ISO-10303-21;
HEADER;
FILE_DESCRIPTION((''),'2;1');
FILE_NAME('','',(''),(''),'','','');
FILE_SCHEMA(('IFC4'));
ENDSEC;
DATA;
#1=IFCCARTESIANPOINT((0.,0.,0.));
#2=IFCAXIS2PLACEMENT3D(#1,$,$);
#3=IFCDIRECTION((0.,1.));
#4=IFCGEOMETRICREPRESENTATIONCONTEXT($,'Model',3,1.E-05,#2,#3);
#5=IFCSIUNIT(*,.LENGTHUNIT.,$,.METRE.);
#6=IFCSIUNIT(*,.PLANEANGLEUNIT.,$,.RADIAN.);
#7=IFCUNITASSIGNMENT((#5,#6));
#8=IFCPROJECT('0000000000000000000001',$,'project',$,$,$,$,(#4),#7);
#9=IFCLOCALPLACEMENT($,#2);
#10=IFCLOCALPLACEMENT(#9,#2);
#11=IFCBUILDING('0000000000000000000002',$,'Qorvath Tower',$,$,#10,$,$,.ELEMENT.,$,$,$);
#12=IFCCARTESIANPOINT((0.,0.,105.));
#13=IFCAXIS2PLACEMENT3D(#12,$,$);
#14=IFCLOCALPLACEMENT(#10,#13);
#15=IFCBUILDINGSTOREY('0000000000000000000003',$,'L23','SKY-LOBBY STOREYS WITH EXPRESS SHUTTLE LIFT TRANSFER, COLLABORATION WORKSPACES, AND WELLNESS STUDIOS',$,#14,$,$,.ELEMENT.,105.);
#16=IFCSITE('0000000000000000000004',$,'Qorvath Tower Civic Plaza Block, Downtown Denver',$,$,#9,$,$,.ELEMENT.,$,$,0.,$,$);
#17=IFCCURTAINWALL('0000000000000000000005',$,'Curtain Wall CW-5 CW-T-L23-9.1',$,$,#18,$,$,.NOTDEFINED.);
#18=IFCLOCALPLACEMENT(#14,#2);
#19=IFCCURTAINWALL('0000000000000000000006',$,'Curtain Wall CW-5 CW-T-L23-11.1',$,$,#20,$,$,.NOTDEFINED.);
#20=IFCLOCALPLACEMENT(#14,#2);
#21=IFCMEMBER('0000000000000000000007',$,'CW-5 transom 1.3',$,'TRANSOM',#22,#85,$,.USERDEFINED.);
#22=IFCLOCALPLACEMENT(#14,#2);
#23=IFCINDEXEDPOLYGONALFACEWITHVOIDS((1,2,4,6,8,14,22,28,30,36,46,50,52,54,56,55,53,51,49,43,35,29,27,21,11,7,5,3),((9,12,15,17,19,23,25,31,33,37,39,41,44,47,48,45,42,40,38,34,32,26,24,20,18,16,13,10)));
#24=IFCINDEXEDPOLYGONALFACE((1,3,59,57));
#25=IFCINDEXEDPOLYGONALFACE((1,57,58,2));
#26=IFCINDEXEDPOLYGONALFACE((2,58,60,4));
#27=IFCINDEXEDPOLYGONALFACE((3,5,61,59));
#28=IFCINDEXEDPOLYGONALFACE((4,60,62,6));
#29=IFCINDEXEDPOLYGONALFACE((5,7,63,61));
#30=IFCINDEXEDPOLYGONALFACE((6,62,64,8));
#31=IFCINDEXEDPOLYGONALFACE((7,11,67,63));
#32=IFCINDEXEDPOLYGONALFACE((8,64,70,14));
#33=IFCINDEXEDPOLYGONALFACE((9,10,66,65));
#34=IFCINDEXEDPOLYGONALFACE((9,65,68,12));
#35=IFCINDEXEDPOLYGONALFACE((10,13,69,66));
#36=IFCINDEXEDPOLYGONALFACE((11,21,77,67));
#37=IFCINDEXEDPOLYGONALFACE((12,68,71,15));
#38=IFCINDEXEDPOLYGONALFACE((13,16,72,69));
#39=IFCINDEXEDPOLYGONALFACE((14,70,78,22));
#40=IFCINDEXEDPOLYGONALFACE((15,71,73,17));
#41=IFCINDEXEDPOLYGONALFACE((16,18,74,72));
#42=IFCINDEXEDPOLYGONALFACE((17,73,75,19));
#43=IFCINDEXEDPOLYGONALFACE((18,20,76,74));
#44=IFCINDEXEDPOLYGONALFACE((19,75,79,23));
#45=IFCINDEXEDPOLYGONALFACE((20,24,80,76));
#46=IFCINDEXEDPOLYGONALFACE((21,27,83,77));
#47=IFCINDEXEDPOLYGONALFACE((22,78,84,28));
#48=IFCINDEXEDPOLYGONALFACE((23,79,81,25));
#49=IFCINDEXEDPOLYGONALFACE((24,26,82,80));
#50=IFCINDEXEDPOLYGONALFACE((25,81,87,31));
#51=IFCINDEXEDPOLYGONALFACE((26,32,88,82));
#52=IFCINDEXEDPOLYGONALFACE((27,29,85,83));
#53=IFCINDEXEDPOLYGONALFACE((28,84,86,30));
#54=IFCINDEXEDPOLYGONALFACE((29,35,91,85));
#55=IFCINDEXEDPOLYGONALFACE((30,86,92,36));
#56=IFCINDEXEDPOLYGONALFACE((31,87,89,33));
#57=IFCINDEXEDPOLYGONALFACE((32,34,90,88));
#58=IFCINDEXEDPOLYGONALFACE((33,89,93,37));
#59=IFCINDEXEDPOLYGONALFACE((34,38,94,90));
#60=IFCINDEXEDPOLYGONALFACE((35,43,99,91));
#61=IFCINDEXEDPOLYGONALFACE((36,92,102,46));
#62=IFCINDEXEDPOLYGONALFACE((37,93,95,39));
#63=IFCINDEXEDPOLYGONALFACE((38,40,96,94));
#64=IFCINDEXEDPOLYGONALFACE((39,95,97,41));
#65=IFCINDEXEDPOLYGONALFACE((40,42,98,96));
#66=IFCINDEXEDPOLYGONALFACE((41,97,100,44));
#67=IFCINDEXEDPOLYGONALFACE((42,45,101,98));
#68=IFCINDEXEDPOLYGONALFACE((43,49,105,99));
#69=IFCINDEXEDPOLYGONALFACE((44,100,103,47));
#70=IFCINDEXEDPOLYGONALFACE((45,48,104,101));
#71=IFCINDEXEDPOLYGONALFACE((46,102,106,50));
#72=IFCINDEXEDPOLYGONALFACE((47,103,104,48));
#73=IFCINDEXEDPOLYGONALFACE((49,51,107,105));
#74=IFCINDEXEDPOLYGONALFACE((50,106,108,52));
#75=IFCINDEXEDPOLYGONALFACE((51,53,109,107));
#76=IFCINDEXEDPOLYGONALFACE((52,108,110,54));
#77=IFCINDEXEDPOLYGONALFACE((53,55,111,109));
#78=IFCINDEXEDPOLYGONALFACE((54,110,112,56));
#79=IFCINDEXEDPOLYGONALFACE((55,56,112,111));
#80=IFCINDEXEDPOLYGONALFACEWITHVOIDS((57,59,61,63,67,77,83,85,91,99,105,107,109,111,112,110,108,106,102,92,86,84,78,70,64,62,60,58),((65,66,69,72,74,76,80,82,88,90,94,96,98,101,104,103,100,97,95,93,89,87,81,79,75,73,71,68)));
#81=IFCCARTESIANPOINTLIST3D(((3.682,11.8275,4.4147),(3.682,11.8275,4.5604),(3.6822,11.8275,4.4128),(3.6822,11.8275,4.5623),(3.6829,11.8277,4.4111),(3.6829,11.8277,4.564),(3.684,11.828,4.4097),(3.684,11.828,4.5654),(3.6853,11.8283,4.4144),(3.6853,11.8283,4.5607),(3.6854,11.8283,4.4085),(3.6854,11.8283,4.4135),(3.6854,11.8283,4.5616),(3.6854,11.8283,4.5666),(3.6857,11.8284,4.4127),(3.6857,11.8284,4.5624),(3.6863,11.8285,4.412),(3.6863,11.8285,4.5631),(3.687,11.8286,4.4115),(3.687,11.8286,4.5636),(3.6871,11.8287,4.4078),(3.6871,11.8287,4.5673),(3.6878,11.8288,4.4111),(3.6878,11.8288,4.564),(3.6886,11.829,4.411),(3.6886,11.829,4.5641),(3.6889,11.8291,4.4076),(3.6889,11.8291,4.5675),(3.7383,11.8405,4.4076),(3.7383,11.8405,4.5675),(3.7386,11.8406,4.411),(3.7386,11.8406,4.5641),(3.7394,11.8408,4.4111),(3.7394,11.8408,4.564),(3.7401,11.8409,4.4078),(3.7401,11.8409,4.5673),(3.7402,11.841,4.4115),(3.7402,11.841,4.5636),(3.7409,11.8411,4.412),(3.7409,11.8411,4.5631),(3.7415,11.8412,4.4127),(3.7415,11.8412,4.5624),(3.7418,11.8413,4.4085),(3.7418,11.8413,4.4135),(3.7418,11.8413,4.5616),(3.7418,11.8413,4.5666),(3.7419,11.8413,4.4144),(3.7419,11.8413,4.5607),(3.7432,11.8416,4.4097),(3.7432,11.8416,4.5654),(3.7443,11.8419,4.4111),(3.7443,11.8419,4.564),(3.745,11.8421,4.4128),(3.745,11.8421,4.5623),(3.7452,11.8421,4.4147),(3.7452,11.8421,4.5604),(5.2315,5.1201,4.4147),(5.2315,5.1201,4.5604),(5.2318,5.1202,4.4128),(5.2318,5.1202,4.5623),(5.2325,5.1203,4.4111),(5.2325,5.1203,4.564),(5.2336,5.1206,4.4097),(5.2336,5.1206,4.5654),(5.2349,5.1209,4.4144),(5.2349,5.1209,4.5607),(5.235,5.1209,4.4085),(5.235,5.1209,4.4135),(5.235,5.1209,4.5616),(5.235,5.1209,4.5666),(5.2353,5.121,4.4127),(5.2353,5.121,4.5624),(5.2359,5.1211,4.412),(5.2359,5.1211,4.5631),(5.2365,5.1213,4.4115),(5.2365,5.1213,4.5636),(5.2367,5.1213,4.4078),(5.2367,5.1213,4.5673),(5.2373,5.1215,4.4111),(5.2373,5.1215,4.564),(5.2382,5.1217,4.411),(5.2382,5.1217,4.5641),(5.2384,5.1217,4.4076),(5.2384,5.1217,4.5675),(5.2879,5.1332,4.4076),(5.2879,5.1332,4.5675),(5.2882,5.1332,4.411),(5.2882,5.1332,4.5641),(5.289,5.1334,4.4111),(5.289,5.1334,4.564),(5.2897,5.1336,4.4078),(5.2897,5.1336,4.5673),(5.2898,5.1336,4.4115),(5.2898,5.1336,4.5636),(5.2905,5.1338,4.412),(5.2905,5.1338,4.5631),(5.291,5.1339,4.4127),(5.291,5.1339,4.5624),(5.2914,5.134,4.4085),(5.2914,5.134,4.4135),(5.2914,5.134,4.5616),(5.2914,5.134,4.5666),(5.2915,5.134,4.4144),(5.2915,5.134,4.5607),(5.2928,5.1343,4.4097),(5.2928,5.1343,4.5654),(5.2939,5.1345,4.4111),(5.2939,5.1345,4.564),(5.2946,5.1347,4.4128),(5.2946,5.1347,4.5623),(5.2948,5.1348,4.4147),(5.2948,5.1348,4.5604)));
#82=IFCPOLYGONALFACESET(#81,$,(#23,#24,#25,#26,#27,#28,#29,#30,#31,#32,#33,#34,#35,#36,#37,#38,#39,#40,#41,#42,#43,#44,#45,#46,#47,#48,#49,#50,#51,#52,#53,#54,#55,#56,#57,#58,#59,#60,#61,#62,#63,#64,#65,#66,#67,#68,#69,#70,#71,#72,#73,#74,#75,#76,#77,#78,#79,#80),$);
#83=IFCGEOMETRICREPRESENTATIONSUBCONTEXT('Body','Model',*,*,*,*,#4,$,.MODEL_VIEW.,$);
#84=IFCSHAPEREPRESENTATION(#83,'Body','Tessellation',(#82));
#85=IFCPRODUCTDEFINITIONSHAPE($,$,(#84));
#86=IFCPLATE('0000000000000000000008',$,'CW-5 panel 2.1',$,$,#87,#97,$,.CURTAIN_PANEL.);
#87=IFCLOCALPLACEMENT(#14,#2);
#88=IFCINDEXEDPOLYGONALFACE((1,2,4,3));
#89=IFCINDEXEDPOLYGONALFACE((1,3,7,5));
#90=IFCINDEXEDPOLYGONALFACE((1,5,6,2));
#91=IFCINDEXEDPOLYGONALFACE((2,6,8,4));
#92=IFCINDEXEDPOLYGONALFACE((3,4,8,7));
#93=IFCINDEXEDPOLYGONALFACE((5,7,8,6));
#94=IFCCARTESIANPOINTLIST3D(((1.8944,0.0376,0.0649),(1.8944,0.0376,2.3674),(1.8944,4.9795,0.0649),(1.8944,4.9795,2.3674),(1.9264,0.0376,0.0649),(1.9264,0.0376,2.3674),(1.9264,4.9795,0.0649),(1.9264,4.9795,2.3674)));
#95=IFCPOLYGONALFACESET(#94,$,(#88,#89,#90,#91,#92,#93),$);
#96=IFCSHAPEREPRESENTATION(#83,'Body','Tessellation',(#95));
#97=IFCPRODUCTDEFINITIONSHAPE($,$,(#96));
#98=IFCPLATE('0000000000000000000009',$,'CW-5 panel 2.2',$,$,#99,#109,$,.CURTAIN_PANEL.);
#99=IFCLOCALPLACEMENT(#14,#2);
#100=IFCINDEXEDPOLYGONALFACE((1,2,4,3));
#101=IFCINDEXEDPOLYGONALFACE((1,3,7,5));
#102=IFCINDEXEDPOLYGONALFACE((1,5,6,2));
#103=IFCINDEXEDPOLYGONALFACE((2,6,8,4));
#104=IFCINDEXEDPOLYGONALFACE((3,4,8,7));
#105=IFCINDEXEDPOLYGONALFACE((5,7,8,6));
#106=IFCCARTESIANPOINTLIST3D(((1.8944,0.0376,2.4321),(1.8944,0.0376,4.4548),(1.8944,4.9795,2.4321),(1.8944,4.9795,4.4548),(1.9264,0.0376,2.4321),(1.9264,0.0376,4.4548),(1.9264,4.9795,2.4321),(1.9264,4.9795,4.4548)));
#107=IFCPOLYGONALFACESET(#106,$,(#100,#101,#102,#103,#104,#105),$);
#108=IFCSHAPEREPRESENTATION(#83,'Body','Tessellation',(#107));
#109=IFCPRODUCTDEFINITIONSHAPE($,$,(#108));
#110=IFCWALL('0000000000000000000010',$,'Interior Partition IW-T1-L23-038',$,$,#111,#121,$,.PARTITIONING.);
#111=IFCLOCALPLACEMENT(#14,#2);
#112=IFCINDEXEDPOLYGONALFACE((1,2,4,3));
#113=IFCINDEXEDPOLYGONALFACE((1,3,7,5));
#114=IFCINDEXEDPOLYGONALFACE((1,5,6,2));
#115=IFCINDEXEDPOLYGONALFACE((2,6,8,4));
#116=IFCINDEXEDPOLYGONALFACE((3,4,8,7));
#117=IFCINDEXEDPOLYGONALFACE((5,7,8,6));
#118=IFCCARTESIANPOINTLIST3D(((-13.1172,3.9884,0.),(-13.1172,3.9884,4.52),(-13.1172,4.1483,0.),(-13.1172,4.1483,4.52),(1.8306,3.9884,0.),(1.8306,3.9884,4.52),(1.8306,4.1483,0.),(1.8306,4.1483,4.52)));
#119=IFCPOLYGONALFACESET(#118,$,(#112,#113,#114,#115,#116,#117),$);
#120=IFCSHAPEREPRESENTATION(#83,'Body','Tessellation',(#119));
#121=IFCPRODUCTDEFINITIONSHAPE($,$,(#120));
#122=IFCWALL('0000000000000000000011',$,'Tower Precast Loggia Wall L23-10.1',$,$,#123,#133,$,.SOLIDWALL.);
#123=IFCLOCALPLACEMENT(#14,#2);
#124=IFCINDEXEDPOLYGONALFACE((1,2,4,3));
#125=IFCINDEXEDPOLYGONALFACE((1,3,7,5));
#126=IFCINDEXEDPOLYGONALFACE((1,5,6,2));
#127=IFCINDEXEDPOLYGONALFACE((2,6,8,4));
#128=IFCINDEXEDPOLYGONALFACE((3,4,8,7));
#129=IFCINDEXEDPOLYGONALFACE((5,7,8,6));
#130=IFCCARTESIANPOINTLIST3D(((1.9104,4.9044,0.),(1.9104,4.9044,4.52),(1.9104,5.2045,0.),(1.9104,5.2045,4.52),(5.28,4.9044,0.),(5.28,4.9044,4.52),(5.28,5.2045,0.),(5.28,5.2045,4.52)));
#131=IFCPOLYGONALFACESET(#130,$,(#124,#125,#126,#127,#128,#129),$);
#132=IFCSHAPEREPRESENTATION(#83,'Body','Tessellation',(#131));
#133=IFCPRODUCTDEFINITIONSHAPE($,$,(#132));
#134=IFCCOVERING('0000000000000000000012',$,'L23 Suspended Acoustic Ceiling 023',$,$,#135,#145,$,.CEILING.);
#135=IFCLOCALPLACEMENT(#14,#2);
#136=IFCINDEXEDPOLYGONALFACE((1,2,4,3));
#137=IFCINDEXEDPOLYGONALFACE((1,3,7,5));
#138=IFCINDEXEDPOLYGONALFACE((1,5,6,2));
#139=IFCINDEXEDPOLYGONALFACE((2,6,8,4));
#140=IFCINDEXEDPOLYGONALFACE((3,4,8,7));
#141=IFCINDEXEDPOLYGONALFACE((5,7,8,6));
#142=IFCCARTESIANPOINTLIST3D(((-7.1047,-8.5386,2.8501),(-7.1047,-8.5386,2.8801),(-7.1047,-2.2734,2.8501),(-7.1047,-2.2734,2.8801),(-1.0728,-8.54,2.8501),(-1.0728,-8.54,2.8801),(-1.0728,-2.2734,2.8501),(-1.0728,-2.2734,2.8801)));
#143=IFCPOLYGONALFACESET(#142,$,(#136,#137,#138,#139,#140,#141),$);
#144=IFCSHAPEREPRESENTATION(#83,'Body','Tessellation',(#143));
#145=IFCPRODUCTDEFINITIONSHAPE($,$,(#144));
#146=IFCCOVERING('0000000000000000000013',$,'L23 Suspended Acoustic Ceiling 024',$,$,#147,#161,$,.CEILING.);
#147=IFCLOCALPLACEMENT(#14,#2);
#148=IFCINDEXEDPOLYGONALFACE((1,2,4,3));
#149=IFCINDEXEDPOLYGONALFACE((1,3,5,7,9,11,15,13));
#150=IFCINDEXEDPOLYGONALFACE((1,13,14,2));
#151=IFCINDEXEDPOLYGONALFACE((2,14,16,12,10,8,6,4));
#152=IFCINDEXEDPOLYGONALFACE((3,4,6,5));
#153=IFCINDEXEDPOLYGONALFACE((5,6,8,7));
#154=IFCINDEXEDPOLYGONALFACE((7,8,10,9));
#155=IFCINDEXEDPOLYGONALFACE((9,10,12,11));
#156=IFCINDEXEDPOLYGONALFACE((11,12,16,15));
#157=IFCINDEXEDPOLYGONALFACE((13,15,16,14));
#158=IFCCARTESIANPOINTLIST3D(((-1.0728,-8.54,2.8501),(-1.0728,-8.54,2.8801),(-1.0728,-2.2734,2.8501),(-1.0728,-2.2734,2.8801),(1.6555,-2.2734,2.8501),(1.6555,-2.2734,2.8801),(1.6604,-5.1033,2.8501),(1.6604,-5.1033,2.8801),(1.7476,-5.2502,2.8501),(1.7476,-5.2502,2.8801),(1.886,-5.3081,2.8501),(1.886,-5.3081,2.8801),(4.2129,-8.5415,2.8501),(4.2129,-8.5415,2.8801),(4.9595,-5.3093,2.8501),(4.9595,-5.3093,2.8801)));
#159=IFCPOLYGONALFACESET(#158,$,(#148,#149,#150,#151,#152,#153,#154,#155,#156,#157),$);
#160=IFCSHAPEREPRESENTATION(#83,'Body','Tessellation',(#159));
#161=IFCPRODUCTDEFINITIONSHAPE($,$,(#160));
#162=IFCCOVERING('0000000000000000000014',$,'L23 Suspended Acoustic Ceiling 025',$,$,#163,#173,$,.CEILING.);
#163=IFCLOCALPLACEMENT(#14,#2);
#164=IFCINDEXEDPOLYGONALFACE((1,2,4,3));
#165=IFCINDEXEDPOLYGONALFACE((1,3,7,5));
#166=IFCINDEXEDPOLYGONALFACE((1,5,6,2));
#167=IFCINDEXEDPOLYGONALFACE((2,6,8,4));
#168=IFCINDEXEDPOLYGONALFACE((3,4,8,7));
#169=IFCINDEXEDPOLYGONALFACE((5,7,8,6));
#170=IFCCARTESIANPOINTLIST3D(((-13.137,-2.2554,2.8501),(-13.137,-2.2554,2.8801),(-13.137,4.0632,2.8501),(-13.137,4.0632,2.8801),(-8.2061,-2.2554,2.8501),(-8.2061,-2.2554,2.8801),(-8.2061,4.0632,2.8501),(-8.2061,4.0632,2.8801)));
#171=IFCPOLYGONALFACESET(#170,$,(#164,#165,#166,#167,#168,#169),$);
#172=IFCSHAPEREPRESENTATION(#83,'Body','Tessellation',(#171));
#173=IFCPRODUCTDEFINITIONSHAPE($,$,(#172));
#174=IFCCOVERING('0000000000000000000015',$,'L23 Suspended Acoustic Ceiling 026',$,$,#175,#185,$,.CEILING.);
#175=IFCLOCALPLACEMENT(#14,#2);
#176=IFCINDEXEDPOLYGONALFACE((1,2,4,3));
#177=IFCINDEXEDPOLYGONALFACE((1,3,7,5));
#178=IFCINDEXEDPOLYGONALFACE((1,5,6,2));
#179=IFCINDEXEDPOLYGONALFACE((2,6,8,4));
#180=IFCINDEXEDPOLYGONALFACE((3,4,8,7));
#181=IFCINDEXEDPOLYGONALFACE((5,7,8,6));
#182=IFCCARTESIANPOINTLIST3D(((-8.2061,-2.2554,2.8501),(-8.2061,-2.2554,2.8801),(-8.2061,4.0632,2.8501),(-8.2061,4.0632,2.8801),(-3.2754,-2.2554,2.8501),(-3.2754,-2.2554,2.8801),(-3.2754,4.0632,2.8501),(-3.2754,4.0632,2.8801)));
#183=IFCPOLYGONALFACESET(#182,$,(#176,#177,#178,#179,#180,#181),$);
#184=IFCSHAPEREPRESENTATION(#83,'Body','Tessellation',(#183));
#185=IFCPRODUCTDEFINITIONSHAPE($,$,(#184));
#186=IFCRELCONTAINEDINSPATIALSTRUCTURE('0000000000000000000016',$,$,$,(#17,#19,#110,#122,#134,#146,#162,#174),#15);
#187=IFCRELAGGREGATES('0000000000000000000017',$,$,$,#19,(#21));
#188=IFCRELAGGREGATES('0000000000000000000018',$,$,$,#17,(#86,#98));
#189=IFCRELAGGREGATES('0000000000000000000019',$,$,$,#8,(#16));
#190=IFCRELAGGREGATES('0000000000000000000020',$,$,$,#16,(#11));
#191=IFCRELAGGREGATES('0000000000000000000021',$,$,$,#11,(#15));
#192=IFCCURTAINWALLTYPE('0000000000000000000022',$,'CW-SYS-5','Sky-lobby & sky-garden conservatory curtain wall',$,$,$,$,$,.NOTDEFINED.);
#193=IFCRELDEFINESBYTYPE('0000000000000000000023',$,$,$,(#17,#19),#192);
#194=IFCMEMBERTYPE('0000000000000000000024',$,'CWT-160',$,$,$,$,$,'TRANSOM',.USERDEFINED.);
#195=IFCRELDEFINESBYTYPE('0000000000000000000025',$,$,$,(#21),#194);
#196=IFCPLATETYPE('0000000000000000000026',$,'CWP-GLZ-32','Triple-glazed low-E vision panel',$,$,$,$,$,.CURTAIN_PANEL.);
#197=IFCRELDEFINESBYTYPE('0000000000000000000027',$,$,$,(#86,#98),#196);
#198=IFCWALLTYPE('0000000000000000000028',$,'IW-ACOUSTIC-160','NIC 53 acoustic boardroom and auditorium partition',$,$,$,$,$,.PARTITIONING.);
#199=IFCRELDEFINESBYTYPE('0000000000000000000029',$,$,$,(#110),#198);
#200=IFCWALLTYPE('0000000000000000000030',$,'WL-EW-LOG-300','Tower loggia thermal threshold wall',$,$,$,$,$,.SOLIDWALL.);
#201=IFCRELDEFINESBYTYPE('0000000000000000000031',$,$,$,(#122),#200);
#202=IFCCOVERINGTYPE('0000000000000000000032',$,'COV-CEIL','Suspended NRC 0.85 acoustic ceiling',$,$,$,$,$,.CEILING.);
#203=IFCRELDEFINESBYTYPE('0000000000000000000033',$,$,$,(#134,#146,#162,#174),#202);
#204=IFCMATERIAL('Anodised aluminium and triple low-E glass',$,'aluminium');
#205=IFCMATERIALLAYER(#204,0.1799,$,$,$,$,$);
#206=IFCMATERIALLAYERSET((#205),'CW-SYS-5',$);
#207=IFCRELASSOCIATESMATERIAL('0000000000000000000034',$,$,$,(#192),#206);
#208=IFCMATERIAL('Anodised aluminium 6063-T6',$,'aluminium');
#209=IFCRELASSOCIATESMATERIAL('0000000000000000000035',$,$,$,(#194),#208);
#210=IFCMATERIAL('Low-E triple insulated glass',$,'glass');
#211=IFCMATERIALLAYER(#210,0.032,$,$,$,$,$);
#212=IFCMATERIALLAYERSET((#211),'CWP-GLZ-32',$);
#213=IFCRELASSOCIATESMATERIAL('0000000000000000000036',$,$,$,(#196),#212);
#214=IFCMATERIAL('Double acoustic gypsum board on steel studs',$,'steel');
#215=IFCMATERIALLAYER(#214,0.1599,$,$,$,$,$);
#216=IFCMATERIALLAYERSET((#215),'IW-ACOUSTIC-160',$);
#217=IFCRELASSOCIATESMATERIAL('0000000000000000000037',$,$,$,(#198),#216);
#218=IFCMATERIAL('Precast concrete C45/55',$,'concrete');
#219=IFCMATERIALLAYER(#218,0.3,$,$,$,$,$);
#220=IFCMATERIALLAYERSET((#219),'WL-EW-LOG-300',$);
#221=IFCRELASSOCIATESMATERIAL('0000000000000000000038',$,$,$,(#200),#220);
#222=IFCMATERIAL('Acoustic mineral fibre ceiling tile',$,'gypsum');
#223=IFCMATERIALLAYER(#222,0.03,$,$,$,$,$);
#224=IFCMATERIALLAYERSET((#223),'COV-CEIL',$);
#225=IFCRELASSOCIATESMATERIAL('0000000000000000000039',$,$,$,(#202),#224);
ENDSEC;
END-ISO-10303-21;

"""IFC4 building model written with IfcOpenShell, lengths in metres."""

from ifc_helpers import new_model, si_unit, direction, frame, frame_2d, origin, origin_2d, place, context, subcontext, project, spatial, polyline, rectangle, hollow_rectangle, outline, extrude, material, layer, layer_set, material_profile, profile_set, type_object, element, aggregate, save


model = new_model("IFC4")

# Units and contexts
model_context = context("Model", 3, precision=1e-05, world=origin(), true_north=direction((0.0, 1.0)))
body_context = subcontext(model_context, "Body", "Model", "MODEL_VIEW")
ifc_project = project(units=[si_unit("LENGTHUNIT", "METRE"), si_unit("PLANEANGLEUNIT", "RADIAN")], contexts=[model_context])

# Site, building, storey
site_placement = place(None, origin())
site = spatial("IfcSite", under=ifc_project, at=site_placement, Name="Qorvath Tower Civic Plaza Block, Downtown Denver", CompositionType="ELEMENT", RefElevation=0.0)
building_placement = place(site_placement, origin())
building = spatial("IfcBuilding", under=site, at=building_placement, Name="Qorvath Tower", CompositionType="ELEMENT")
storey_placement = place(building_placement, frame((0.0, 0.0, 105.0)))
storey = spatial("IfcBuildingStorey", under=building, at=storey_placement, Name="L23", Description="SKY-LOBBY STOREYS WITH EXPRESS SHUTTLE LIFT TRANSFER, COLLABORATION WORKSPACES, AND WELLNESS STUDIOS", CompositionType="ELEMENT", Elevation=105.0)

# Curtain wall
ifc_material_1 = material(Name="Anodised aluminium and triple low-E glass", Category="aluminium")
ifc_layer_1 = layer(ifc_material_1, 0.1799)
ifc_layer_set_1 = layer_set([ifc_layer_1], Name="CW-SYS-5")
curtain_wall_type = type_object("IfcCurtainWallType", Name="CW-SYS-5", Description="Sky-lobby & sky-garden conservatory curtain wall", PredefinedType="NOTDEFINED", material=ifc_layer_set_1)
curtain_wall_1_placement = place(storey_placement, origin())
curtain_wall_1 = element("IfcCurtainWall", 1, at=curtain_wall_1_placement, inside=storey, type_object=curtain_wall_type, Name="Curtain Wall CW-5 CW-T-L23-9.1", PredefinedType="NOTDEFINED")

# Curtain wall
curtain_wall_2_placement = place(storey_placement, origin())
curtain_wall_2 = element("IfcCurtainWall", 2, at=curtain_wall_2_placement, inside=storey, type_object=curtain_wall_type, Name="Curtain Wall CW-5 CW-T-L23-11.1", PredefinedType="NOTDEFINED")

# Member
ifc_material_2 = material(Name="Anodised aluminium 6063-T6", Category="aluminium")
ifc_material_profile_1 = material_profile(ifc_material_2, hollow_rectangle(XDim=0.0649, YDim=0.1599, WallThickness=0.0034, InnerFilletRadius=0.0034, OuterFilletRadius=0.0071, at=origin_2d()), Name="CWT 160x65")
ifc_profile_set_1 = profile_set([ifc_material_profile_1], Name="Anodised aluminium 6063-T6")
member_type_1 = type_object("IfcMemberType", Name="CWT-160", ElementType="TRANSOM", PredefinedType="USERDEFINED", material=ifc_profile_set_1)
member_1_placement = place(storey_placement, frame((5.2632, 5.1274, 4.4875), z_axis=(-0.225098, 0.974336, 0.0), x_axis=(-0.974336, -0.225098, 0.0)))
member_1 = element("IfcMember", 3, at=member_1_placement, type_object=member_type_1, Name="CW-5 transom 1.3", ObjectType="TRANSOM", PredefinedType="USERDEFINED", context=body_context, shape_type="SweptSolid", body=[
    extrude(hollow_rectangle(XDim=0.0649, YDim=0.1599, WallThickness=0.0034, InnerFilletRadius=0.0034, OuterFilletRadius=0.0071, at=origin_2d()), origin(), (0.0, 0.0, 1.0), 6.884),
])
aggregate(curtain_wall_2, [member_1])

# Plates
ifc_material_3 = material(Name="Low-E triple insulated glass", Category="glass")
ifc_layer_2 = layer(ifc_material_3, 0.032)
ifc_layer_set_2 = layer_set([ifc_layer_2], Name="CWP-GLZ-32")
plate_type = type_object("IfcPlateType", Name="CWP-GLZ-32", Description="Triple-glazed low-E vision panel", PredefinedType="CURTAIN_PANEL", material=ifc_layer_set_2)
plate_1_placement = place(storey_placement, frame((1.9104, 2.5085, 0.0649), z_axis=(0.0, 0.0, 1.0), x_axis=(0.0, 1.0, 0.0)))
plate_1 = element("IfcPlate", 4, at=plate_1_placement, type_object=plate_type, Name="CW-5 panel 2.1", PredefinedType="CURTAIN_PANEL", context=body_context, shape_type="SweptSolid", body=[
    extrude(rectangle(XDim=4.9419, YDim=0.032, at=origin_2d()), origin(), (0.0, 0.0, 1.0), 2.3025),
])
plate_2_placement = place(storey_placement, frame((1.9104, 2.5085, 2.4321), z_axis=(0.0, 0.0, 1.0), x_axis=(0.0, 1.0, 0.0)))
plate_2 = element("IfcPlate", 5, at=plate_2_placement, type_object=plate_type, Name="CW-5 panel 2.2", PredefinedType="CURTAIN_PANEL", context=body_context, shape_type="SweptSolid", body=[
    extrude(rectangle(XDim=4.9419, YDim=0.032, at=origin_2d()), origin(), (0.0, 0.0, 1.0), 2.0227),
])
aggregate(curtain_wall_1, [plate_1, plate_2])

# Walls
ifc_material_4 = material(Name="Double acoustic gypsum board on steel studs", Category="steel")
ifc_layer_3 = layer(ifc_material_4, 0.1599)
ifc_layer_set_3 = layer_set([ifc_layer_3], Name="IW-ACOUSTIC-160")
wall_type_1 = type_object("IfcWallType", Name="IW-ACOUSTIC-160", Description="NIC 53 acoustic boardroom and auditorium partition", PredefinedType="PARTITIONING", material=ifc_layer_set_3)
wall_1_placement = place(storey_placement, frame((1.8306, 4.0684, 0.0), z_axis=(0.0, 0.0, 1.0), x_axis=(-1.0, 0.0, 0.0)))
element("IfcWall", 6, at=wall_1_placement, inside=storey, type_object=wall_type_1, Name="Interior Partition IW-T1-L23-038", PredefinedType="PARTITIONING", context=body_context, shape_type="SweptSolid", body=[
    extrude(rectangle(XDim=14.9478, YDim=0.1599, at=frame_2d((7.4739, 0.0))), origin(), (0.0, 0.0, 1.0), 4.52),
])
ifc_material_5 = material(Name="Precast concrete C45/55", Category="concrete")
ifc_layer_4 = layer(ifc_material_5, 0.3)
ifc_layer_set_4 = layer_set([ifc_layer_4], Name="WL-EW-LOG-300")
wall_type_2 = type_object("IfcWallType", Name="WL-EW-LOG-300", Description="Tower loggia thermal threshold wall", PredefinedType="SOLIDWALL", material=ifc_layer_set_4)
wall_2_placement = place(storey_placement, frame((1.9104, 5.0544, 0.0), z_axis=(0.0, 0.0, 1.0), x_axis=(1.0, 0.0, 0.0)))
element("IfcWall", 7, at=wall_2_placement, inside=storey, type_object=wall_type_2, Name="Tower Precast Loggia Wall L23-10.1", PredefinedType="SOLIDWALL", context=body_context, shape_type="SweptSolid", body=[
    extrude(rectangle(XDim=3.3696, YDim=0.3, at=frame_2d((1.6848, 0.0))), origin(), (0.0, 0.0, 1.0), 4.52),
])

# Coverings
ifc_material_6 = material(Name="Acoustic mineral fibre ceiling tile", Category="gypsum")
ifc_layer_5 = layer(ifc_material_6, 0.03)
ifc_layer_set_5 = layer_set([ifc_layer_5], Name="COV-CEIL")
covering_type_1 = type_object("IfcCoveringType", Name="COV-CEIL", Description="Suspended NRC 0.85 acoustic ceiling", PredefinedType="CEILING", material=ifc_layer_set_5)
covering_1_placement = place(storey_placement, frame((0.0, 0.0, 2.8501)))
element("IfcCovering", 8, at=covering_1_placement, inside=storey, type_object=covering_type_1, Name="L23 Suspended Acoustic Ceiling 023", PredefinedType="CEILING", context=body_context, shape_type="SweptSolid", body=[
    extrude(outline(polyline([(-1.0728, -8.54), (-1.0728, -2.2734), (-7.1047, -2.2734), (-7.1047, -8.5386), (-1.0728, -8.54)])), origin(), (0.0, 0.0, 1.0), 0.03),
])
covering_2_placement = place(storey_placement, frame((0.0, 0.0, 2.8501)))
element("IfcCovering", 9, at=covering_2_placement, inside=storey, type_object=covering_type_1, Name="L23 Suspended Acoustic Ceiling 024", PredefinedType="CEILING", context=body_context, shape_type="SweptSolid", body=[
    extrude(outline(polyline([(1.7476, -5.2502), (1.6604, -5.1033), (1.6555, -2.2734), (-1.0728, -2.2734), (-1.0728, -8.54), (4.2129, -8.5415), (4.9595, -5.3093), (1.886, -5.3081), (1.7476, -5.2502)])), origin(), (0.0, 0.0, 1.0), 0.03),
])
covering_3_placement = place(storey_placement, frame((0.0, 0.0, 2.8501)))
element("IfcCovering", 10, at=covering_3_placement, inside=storey, type_object=covering_type_1, Name="L23 Suspended Acoustic Ceiling 025", PredefinedType="CEILING", context=body_context, shape_type="SweptSolid", body=[
    extrude(outline(polyline([(-13.137, -2.2554), (-8.2061, -2.2554), (-8.2061, 4.0632), (-13.137, 4.0632), (-13.137, -2.2554)])), origin(), (0.0, 0.0, 1.0), 0.03),
])
covering_4_placement = place(storey_placement, frame((0.0, 0.0, 2.8501)))
element("IfcCovering", 11, at=covering_4_placement, inside=storey, type_object=covering_type_1, Name="L23 Suspended Acoustic Ceiling 026", PredefinedType="CEILING", context=body_context, shape_type="SweptSolid", body=[
    extrude(outline(polyline([(-8.2061, 4.0632), (-8.2061, -2.2554), (-3.2754, -2.2554), (-3.2754, 4.0632), (-8.2061, 4.0632)])), origin(), (0.0, 0.0, 1.0), 0.03),
])

save(model, "model.ifc")
